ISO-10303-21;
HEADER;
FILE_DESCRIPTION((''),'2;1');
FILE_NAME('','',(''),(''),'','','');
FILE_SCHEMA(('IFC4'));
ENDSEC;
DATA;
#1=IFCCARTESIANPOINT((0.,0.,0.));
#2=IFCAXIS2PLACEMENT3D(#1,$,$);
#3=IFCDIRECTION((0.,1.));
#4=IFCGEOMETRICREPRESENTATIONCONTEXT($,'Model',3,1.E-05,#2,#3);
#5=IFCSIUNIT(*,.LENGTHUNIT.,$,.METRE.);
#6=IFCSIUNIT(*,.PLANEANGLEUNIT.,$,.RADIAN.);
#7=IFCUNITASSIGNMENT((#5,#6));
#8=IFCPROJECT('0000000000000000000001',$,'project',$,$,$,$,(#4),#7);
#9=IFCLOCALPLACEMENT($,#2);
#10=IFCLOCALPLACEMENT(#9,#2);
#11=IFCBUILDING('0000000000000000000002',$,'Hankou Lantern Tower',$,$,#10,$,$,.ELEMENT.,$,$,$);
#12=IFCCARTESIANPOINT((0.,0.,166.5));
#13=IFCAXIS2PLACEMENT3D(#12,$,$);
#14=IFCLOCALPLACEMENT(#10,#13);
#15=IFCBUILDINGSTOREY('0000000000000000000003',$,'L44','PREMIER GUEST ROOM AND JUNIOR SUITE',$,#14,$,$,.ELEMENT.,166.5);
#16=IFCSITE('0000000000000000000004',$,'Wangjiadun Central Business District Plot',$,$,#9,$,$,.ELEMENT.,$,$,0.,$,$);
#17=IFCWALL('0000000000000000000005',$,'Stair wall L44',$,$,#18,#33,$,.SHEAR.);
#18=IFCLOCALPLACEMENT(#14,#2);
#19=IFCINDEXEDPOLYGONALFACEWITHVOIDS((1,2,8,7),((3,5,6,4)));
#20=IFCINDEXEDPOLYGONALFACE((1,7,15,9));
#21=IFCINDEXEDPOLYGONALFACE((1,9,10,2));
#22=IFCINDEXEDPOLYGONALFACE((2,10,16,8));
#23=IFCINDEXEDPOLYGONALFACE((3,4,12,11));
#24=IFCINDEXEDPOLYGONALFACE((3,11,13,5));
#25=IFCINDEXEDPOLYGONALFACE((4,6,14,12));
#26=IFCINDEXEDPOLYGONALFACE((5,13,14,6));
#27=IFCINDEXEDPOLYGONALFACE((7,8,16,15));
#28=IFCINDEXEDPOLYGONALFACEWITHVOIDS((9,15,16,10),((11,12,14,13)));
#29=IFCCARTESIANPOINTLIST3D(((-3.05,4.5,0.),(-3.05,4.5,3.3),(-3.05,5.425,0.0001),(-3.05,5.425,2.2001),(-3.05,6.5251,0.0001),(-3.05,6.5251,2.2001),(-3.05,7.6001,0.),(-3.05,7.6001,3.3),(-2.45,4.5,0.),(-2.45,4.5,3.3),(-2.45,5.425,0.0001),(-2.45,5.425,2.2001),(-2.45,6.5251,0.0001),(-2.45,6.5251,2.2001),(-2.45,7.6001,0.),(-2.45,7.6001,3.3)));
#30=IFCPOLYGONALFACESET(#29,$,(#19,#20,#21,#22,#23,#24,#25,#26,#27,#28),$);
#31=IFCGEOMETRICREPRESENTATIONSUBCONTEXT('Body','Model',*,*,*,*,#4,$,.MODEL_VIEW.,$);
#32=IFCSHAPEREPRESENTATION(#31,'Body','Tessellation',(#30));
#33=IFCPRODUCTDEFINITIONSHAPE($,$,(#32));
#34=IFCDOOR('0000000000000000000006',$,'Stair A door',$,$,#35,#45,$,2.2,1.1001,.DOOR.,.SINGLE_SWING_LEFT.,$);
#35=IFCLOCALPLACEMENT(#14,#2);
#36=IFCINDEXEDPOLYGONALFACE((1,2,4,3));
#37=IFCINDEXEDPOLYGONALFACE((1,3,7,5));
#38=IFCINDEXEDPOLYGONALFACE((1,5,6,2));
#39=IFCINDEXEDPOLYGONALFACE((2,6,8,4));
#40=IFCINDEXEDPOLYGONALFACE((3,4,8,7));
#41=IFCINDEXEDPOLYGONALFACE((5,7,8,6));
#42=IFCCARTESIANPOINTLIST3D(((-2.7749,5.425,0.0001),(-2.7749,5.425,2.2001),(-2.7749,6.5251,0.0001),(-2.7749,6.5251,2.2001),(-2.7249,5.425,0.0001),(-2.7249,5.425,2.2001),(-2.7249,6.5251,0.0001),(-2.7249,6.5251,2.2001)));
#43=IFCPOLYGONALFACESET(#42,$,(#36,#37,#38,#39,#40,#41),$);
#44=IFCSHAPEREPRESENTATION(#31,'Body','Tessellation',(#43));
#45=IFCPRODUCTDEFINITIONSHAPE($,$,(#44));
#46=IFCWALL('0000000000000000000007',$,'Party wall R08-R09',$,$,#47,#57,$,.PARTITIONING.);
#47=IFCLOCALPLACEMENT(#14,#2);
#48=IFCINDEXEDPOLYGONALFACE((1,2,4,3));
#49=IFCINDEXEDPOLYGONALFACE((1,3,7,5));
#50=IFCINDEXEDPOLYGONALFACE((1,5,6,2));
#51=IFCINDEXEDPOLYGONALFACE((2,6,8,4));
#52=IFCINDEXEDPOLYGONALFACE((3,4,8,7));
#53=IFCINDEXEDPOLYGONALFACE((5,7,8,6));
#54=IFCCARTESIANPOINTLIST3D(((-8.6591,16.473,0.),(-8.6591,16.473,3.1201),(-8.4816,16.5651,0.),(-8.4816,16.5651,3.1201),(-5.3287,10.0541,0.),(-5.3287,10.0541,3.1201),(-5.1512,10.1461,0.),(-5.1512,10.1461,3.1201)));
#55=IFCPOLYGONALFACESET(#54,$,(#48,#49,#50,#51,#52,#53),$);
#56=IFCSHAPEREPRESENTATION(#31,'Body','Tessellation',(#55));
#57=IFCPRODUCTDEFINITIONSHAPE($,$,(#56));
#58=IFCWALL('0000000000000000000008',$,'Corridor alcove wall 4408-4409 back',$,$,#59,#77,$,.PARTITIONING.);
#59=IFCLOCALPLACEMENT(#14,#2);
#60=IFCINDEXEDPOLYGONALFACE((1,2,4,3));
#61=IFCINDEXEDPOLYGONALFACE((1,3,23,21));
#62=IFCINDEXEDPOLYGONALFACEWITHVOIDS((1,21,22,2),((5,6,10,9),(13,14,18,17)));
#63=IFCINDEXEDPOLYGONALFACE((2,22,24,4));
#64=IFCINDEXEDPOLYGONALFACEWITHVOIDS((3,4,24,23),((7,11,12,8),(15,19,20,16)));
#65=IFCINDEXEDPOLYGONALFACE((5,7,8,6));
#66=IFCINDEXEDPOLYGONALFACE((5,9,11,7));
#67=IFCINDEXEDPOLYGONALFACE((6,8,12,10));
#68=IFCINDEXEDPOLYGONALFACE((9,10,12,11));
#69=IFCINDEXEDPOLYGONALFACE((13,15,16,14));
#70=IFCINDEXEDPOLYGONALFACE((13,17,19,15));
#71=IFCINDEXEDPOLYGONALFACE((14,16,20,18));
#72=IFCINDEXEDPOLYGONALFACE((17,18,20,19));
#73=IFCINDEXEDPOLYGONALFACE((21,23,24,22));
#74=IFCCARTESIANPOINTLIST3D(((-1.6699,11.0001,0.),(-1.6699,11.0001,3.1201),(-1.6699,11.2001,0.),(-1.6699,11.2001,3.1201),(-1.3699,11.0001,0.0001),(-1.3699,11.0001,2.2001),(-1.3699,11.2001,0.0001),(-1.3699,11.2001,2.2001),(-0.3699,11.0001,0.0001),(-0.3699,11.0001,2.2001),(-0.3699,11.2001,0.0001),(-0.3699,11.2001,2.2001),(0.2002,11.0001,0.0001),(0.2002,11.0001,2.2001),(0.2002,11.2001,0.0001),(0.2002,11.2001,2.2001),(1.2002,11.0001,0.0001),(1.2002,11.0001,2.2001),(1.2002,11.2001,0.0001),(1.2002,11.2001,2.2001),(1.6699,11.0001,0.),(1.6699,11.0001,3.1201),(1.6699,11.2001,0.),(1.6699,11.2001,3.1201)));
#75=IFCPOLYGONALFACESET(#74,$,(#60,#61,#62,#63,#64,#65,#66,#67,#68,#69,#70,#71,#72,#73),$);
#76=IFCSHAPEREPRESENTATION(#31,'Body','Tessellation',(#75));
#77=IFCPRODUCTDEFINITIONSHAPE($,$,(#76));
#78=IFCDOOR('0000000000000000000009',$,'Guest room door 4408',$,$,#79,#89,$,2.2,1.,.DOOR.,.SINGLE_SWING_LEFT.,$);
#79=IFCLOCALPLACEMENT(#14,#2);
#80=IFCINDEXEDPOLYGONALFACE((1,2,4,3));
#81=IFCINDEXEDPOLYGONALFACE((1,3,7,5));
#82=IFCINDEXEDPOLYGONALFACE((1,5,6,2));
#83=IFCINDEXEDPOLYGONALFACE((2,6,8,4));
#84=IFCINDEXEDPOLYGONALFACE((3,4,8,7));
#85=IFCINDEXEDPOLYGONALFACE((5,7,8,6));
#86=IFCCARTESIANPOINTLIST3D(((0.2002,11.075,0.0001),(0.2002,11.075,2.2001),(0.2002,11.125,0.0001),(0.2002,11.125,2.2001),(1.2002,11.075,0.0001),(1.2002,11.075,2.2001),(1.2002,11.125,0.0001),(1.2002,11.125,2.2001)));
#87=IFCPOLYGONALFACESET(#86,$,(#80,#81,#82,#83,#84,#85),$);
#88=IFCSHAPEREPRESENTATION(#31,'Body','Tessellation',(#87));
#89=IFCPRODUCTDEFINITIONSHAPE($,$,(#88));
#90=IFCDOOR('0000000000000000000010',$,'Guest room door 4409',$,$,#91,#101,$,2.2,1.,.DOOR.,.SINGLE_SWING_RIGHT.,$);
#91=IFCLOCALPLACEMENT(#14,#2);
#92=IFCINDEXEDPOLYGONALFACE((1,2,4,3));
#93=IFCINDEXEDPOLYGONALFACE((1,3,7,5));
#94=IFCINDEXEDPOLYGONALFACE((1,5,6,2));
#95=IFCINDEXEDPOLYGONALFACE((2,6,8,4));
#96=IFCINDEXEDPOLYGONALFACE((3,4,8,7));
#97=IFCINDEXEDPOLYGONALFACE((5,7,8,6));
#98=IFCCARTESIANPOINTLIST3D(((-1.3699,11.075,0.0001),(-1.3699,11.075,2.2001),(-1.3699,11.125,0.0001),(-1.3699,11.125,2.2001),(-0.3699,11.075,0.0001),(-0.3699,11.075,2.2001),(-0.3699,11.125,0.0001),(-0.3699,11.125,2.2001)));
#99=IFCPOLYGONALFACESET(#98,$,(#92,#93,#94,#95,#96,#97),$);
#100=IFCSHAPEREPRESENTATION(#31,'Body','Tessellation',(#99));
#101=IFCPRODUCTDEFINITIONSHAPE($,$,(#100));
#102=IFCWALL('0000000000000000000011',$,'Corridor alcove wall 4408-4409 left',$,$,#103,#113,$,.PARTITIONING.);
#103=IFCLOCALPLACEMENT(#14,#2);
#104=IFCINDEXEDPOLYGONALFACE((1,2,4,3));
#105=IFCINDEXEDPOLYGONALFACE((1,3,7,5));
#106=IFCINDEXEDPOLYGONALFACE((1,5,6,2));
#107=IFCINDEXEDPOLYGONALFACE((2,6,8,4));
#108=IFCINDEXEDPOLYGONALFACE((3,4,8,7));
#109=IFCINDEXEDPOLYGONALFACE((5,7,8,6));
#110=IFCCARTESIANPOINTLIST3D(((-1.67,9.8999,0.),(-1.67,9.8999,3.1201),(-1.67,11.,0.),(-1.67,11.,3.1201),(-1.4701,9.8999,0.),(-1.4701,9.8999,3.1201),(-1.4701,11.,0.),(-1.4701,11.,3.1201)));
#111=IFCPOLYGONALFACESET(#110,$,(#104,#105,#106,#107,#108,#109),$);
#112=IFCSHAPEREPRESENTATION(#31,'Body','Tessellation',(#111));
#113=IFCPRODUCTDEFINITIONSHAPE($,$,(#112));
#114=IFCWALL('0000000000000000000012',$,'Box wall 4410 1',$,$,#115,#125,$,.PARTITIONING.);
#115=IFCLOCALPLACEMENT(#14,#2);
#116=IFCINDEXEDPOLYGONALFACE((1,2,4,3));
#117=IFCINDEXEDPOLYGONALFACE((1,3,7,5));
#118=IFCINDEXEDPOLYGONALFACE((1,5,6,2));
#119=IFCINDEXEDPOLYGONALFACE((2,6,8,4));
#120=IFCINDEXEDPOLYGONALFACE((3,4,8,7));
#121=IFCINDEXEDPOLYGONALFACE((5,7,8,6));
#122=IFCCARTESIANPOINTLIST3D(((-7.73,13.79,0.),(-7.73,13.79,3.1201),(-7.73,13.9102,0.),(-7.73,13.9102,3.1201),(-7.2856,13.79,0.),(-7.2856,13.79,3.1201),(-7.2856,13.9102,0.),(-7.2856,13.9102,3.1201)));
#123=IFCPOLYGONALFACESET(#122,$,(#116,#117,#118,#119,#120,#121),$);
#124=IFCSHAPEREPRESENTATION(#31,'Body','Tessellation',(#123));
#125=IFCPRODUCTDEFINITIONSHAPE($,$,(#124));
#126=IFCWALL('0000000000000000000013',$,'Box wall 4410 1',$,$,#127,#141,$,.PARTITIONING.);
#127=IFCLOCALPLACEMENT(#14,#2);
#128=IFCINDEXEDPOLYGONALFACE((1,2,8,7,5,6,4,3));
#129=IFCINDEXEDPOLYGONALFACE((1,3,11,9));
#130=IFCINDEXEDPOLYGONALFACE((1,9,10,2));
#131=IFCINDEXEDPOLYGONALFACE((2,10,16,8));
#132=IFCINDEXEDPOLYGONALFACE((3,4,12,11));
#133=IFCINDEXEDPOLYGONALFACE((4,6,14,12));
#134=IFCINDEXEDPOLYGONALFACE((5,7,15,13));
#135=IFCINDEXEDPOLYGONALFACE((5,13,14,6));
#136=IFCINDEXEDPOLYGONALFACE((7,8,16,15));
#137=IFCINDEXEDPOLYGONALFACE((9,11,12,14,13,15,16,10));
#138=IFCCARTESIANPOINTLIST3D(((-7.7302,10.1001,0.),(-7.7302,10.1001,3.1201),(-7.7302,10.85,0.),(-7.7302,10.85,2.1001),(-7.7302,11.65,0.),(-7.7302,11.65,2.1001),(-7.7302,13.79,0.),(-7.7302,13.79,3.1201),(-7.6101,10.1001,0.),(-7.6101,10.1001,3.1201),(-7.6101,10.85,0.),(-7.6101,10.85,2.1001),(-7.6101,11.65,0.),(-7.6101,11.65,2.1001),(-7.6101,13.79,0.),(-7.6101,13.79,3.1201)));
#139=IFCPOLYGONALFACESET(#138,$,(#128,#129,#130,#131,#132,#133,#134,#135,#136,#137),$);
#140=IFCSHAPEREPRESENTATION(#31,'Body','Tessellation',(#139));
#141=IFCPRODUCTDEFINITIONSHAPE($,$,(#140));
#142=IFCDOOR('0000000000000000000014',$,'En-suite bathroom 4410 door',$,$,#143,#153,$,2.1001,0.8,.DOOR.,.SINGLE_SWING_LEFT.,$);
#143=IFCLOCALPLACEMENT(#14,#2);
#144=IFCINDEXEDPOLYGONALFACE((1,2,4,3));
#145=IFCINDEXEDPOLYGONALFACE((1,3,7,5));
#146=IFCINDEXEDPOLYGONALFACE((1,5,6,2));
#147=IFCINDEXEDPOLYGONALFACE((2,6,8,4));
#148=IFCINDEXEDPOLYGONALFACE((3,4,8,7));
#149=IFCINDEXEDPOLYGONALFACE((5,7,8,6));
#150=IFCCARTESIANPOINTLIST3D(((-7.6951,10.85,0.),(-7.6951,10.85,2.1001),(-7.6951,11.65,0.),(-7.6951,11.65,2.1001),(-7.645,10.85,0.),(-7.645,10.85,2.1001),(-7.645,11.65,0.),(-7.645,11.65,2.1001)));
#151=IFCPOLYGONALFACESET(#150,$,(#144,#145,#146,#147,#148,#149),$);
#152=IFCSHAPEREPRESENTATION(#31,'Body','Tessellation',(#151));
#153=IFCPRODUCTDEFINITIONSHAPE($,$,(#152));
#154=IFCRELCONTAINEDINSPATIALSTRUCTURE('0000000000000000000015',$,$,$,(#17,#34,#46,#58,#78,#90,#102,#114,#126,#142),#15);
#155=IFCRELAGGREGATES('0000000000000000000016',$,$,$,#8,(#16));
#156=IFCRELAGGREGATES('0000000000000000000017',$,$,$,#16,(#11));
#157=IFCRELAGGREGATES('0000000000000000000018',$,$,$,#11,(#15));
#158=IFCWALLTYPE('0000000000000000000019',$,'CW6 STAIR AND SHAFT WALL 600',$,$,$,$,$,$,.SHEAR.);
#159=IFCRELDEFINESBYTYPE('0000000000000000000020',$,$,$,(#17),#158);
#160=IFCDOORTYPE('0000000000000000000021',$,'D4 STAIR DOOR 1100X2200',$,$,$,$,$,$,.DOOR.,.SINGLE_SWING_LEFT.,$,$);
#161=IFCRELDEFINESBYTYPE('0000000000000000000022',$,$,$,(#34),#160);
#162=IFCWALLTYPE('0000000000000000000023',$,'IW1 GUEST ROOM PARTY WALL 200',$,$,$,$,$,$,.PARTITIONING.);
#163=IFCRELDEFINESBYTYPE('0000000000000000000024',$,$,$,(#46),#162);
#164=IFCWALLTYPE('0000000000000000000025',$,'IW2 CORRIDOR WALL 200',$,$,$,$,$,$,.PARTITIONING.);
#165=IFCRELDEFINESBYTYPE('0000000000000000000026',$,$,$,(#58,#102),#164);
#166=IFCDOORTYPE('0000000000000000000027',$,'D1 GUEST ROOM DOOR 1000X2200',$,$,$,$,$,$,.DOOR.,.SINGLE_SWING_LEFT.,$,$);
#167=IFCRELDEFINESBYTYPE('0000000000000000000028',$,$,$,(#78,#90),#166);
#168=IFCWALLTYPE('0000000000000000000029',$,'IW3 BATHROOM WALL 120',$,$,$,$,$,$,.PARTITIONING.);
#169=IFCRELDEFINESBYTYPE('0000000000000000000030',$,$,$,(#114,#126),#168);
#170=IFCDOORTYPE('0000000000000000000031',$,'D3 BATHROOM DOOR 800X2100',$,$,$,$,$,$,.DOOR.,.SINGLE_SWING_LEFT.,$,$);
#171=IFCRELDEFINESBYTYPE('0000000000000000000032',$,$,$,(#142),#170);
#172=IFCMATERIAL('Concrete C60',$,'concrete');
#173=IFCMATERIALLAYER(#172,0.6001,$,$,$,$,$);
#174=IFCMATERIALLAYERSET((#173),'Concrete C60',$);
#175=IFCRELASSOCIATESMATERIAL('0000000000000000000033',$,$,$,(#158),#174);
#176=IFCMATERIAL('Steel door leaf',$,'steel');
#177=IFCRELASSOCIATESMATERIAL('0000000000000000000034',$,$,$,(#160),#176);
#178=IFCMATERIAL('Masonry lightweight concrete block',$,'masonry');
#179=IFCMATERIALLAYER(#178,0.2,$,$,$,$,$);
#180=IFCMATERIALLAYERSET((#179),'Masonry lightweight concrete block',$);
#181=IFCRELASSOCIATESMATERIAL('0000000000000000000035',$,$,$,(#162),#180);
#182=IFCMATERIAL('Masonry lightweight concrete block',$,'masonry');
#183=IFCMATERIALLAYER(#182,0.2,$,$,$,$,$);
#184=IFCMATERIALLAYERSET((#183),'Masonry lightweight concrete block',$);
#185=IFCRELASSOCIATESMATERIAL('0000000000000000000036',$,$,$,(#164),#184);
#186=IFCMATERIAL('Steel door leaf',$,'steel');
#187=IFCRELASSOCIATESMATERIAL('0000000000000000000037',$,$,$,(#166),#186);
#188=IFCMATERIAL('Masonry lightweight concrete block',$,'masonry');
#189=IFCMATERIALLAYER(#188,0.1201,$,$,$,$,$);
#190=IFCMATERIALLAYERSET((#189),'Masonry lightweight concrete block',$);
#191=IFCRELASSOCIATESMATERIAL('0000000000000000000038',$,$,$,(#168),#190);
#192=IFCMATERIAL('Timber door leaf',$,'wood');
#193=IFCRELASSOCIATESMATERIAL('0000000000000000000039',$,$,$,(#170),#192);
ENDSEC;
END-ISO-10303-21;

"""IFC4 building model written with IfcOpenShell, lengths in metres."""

from ifc_helpers import new_model, si_unit, direction, frame, frame_2d, origin, place, context, subcontext, project, spatial, rectangle, extrude, material, layer, layer_set, type_object, element, fill, save


model = new_model("IFC4")

# Units and contexts
model_context = context("Model", 3, precision=1e-05, world=origin(), true_north=direction((0.0, 1.0)))
body_context = subcontext(model_context, "Body", "Model", "MODEL_VIEW")
ifc_project = project(units=[si_unit("LENGTHUNIT", "METRE"), si_unit("PLANEANGLEUNIT", "RADIAN")], contexts=[model_context])

# Site, building, storey
site_placement = place(None, origin())
site = spatial("IfcSite", under=ifc_project, at=site_placement, Name="Wangjiadun Central Business District Plot", CompositionType="ELEMENT", RefElevation=0.0)
building_placement = place(site_placement, origin())
building = spatial("IfcBuilding", under=site, at=building_placement, Name="Hankou Lantern Tower", CompositionType="ELEMENT")
storey_placement = place(building_placement, frame((0.0, 0.0, 166.5)))
storey = spatial("IfcBuildingStorey", under=building, at=storey_placement, Name="L44", Description="PREMIER GUEST ROOM AND JUNIOR SUITE", CompositionType="ELEMENT", Elevation=166.5)

# Wall, opening, door
ifc_material_1 = material(Name="Concrete C60", Category="concrete")
ifc_layer_1 = layer(ifc_material_1, 0.6001)
ifc_layer_set_1 = layer_set([ifc_layer_1], Name="Concrete C60")
wall_type_1 = type_object("IfcWallType", Name="CW6 STAIR AND SHAFT WALL 600", PredefinedType="SHEAR", material=ifc_layer_set_1)
wall_1_placement = place(storey_placement, frame((-2.75, 4.5, 0.0), z_axis=(0.0, 0.0, 1.0), x_axis=(0.0, 1.0, 0.0)))
wall_1 = element("IfcWall", 1, at=wall_1_placement, inside=storey, type_object=wall_type_1, Name="Stair wall L44", PredefinedType="SHEAR", context=body_context, shape_type="SweptSolid", body=[
    extrude(rectangle(XDim=3.1001, YDim=0.6001, at=frame_2d((1.55, 0.0))), origin(), (0.0, 0.0, 1.0), 3.3),
])
opening_1_placement = place(wall_1_placement, frame((0.925, 0.0, 0.0)))
opening_1 = element("IfcOpeningElement", 2, at=opening_1_placement, cuts=wall_1, PredefinedType="OPENING", context=body_context, shape_type="SweptSolid", body=[
    extrude(rectangle(XDim=1.1001, YDim=2.2, at=frame_2d((0.55, 1.1001))), frame((0.0, 0.3101, 0.0), z_axis=(0.0, -1.0, 0.0), x_axis=(1.0, 0.0, 0.0)), (0.0, 0.0, 1.0), 0.6201),
])
ifc_material_2 = material(Name="Steel door leaf", Category="steel")
door_type_1 = type_object("IfcDoorType", Name="D4 STAIR DOOR 1100X2200", OperationType="SINGLE_SWING_LEFT", PredefinedType="DOOR", material=ifc_material_2)
door_1_placement = place(opening_1_placement, origin())
door_1 = element("IfcDoor", 3, at=door_1_placement, inside=storey, type_object=door_type_1, Name="Stair A door", OperationType="SINGLE_SWING_LEFT", OverallHeight=2.2, OverallWidth=1.1001, PredefinedType="DOOR", context=body_context, shape_type="SweptSolid", body=[
    extrude(rectangle(XDim=1.1001, YDim=2.2, at=frame_2d((0.55, 1.1001))), frame((0.0, 0.0249, 0.0), z_axis=(0.0, -1.0, 0.0), x_axis=(1.0, 0.0, 0.0)), (0.0, 0.0, 1.0), 0.05),
])
fill(opening_1, door_1)

# Wall
ifc_material_3 = material(Name="Masonry lightweight concrete block", Category="masonry")
ifc_layer_2 = layer(ifc_material_3, 0.2)
ifc_layer_set_2 = layer_set([ifc_layer_2], Name="Masonry lightweight concrete block")
wall_type_2 = type_object("IfcWallType", Name="IW1 GUEST ROOM PARTY WALL 200", PredefinedType="PARTITIONING", material=ifc_layer_set_2)
wall_2_placement = place(storey_placement, frame((-5.24, 10.1001, 0.0), z_axis=(0.0, 0.0, 1.0), x_axis=(-0.460533, 0.887643, 0.0)))
element("IfcWall", 4, at=wall_2_placement, inside=storey, type_object=wall_type_2, Name="Party wall R08-R09", PredefinedType="PARTITIONING", context=body_context, shape_type="SweptSolid", body=[
    extrude(rectangle(XDim=7.2314, YDim=0.2, at=frame_2d((3.6157, 0.0))), origin(), (0.0, 0.0, 1.0), 3.1201),
])

# Wall, openings, doors
ifc_material_4 = material(Name="Masonry lightweight concrete block", Category="masonry")
ifc_layer_3 = layer(ifc_material_4, 0.2)
ifc_layer_set_3 = layer_set([ifc_layer_3], Name="Masonry lightweight concrete block")
wall_type_3 = type_object("IfcWallType", Name="IW2 CORRIDOR WALL 200", PredefinedType="PARTITIONING", material=ifc_layer_set_3)
wall_3_placement = place(storey_placement, frame((-1.6699, 11.1001, 0.0), z_axis=(0.0, 0.0, 1.0), x_axis=(1.0, 0.0, 0.0)))
wall_3 = element("IfcWall", 5, at=wall_3_placement, inside=storey, type_object=wall_type_3, Name="Corridor alcove wall 4408-4409 back", PredefinedType="PARTITIONING", context=body_context, shape_type="SweptSolid", body=[
    extrude(rectangle(XDim=3.3398, YDim=0.2, at=frame_2d((1.6699, 0.0))), origin(), (0.0, 0.0, 1.0), 3.1201),
])
opening_2_placement = place(wall_3_placement, frame((1.8701, 0.0, 0.0)))
opening_2 = element("IfcOpeningElement", 6, at=opening_2_placement, cuts=wall_3, PredefinedType="OPENING", context=body_context, shape_type="SweptSolid", body=[
    extrude(rectangle(XDim=1.0, YDim=2.2, at=frame_2d((0.5, 1.1001))), frame((0.0, 0.1099, 0.0), z_axis=(0.0, -1.0, 0.0), x_axis=(1.0, 0.0, 0.0)), (0.0, 0.0, 1.0), 0.22),
])
opening_3_placement = place(wall_3_placement, frame((0.3, 0.0, 0.0)))
opening_3 = element("IfcOpeningElement", 7, at=opening_3_placement, cuts=wall_3, PredefinedType="OPENING", context=body_context, shape_type="SweptSolid", body=[
    extrude(rectangle(XDim=1.0, YDim=2.2, at=frame_2d((0.5, 1.1001))), frame((0.0, 0.1099, 0.0), z_axis=(0.0, -1.0, 0.0), x_axis=(1.0, 0.0, 0.0)), (0.0, 0.0, 1.0), 0.22),
])
ifc_material_5 = material(Name="Steel door leaf", Category="steel")
door_type_2 = type_object("IfcDoorType", Name="D1 GUEST ROOM DOOR 1000X2200", OperationType="SINGLE_SWING_LEFT", PredefinedType="DOOR", material=ifc_material_5)
door_2_placement = place(opening_2_placement, origin())
door_2 = element("IfcDoor", 8, at=door_2_placement, inside=storey, type_object=door_type_2, Name="Guest room door 4408", OperationType="SINGLE_SWING_LEFT", OverallHeight=2.2, OverallWidth=1.0, PredefinedType="DOOR", context=body_context, shape_type="SweptSolid", body=[
    extrude(rectangle(XDim=1.0, YDim=2.2, at=frame_2d((0.5, 1.1001))), frame((0.0, 0.0249, 0.0), z_axis=(0.0, -1.0, 0.0), x_axis=(1.0, 0.0, 0.0)), (0.0, 0.0, 1.0), 0.05),
])
fill(opening_2, door_2)
door_3_placement = place(opening_3_placement, origin())
door_3 = element("IfcDoor", 9, at=door_3_placement, inside=storey, type_object=door_type_2, Name="Guest room door 4409", OperationType="SINGLE_SWING_RIGHT", OverallHeight=2.2, OverallWidth=1.0, PredefinedType="DOOR", context=body_context, shape_type="SweptSolid", body=[
    extrude(rectangle(XDim=1.0, YDim=2.2, at=frame_2d((0.5, 1.1001))), frame((0.0, 0.0249, 0.0), z_axis=(0.0, -1.0, 0.0), x_axis=(1.0, 0.0, 0.0)), (0.0, 0.0, 1.0), 0.05),
])
fill(opening_3, door_3)

# Walls
wall_4_placement = place(storey_placement, frame((-1.5701, 9.8999, 0.0), z_axis=(0.0, 0.0, 1.0), x_axis=(0.0, 1.0, 0.0)))
element("IfcWall", 10, at=wall_4_placement, inside=storey, type_object=wall_type_3, Name="Corridor alcove wall 4408-4409 left", PredefinedType="PARTITIONING", context=body_context, shape_type="SweptSolid", body=[
    extrude(rectangle(XDim=1.1001, YDim=0.2, at=frame_2d((0.55, 0.0))), origin(), (0.0, 0.0, 1.0), 3.1201),
])
ifc_material_6 = material(Name="Masonry lightweight concrete block", Category="masonry")
ifc_layer_4 = layer(ifc_material_6, 0.1201)
ifc_layer_set_4 = layer_set([ifc_layer_4], Name="Masonry lightweight concrete block")
wall_type_4 = type_object("IfcWallType", Name="IW3 BATHROOM WALL 120", PredefinedType="PARTITIONING", material=ifc_layer_set_4)
wall_5_placement = place(storey_placement, frame((-7.2856, 13.8501, 0.0), z_axis=(0.0, 0.0, 1.0), x_axis=(-1.0, 0.0, 0.0)))
element("IfcWall", 11, at=wall_5_placement, inside=storey, type_object=wall_type_4, Name="Box wall 4410 1", PredefinedType="PARTITIONING", context=body_context, shape_type="SweptSolid", body=[
    extrude(rectangle(XDim=0.4443, YDim=0.1201, at=frame_2d((0.2222, 0.0))), origin(), (0.0, 0.0, 1.0), 3.1201),
])

# Wall, opening, door
wall_6_placement = place(storey_placement, frame((-7.6702, 10.1001, 0.0), z_axis=(0.0, 0.0, 1.0), x_axis=(0.0, 1.0, 0.0)))
wall_6 = element("IfcWall", 12, at=wall_6_placement, inside=storey, type_object=wall_type_4, Name="Box wall 4410 1", PredefinedType="PARTITIONING", context=body_context, shape_type="SweptSolid", body=[
    extrude(rectangle(XDim=3.6899, YDim=0.1201, at=frame_2d((1.845, 0.0))), origin(), (0.0, 0.0, 1.0), 3.1201),
])
opening_4_placement = place(wall_6_placement, frame((0.75, 0.0, 0.0)))
opening_4 = element("IfcOpeningElement", 13, at=opening_4_placement, cuts=wall_6, PredefinedType="OPENING", context=body_context, shape_type="SweptSolid", body=[
    extrude(rectangle(XDim=0.8, YDim=2.1001, at=frame_2d((0.3999, 1.05))), frame((0.0, 0.0701, 0.0), z_axis=(0.0, -1.0, 0.0), x_axis=(1.0, 0.0, 0.0)), (0.0, 0.0, 1.0), 0.1401),
])
ifc_material_7 = material(Name="Timber door leaf", Category="wood")
door_type_3 = type_object("IfcDoorType", Name="D3 BATHROOM DOOR 800X2100", OperationType="SINGLE_SWING_LEFT", PredefinedType="DOOR", material=ifc_material_7)
door_4_placement = place(opening_4_placement, origin())
door_4 = element("IfcDoor", 14, at=door_4_placement, inside=storey, type_object=door_type_3, Name="En-suite bathroom 4410 door", OperationType="SINGLE_SWING_LEFT", OverallHeight=2.1001, OverallWidth=0.8, PredefinedType="DOOR", context=body_context, shape_type="SweptSolid", body=[
    extrude(rectangle(XDim=0.8, YDim=2.1001, at=frame_2d((0.3999, 1.05))), frame((0.0, 0.0249, 0.0), z_axis=(0.0, -1.0, 0.0), x_axis=(1.0, 0.0, 0.0)), (0.0, 0.0, 1.0), 0.05),
])
fill(opening_4, door_4)

save(model, "model.ifc")
